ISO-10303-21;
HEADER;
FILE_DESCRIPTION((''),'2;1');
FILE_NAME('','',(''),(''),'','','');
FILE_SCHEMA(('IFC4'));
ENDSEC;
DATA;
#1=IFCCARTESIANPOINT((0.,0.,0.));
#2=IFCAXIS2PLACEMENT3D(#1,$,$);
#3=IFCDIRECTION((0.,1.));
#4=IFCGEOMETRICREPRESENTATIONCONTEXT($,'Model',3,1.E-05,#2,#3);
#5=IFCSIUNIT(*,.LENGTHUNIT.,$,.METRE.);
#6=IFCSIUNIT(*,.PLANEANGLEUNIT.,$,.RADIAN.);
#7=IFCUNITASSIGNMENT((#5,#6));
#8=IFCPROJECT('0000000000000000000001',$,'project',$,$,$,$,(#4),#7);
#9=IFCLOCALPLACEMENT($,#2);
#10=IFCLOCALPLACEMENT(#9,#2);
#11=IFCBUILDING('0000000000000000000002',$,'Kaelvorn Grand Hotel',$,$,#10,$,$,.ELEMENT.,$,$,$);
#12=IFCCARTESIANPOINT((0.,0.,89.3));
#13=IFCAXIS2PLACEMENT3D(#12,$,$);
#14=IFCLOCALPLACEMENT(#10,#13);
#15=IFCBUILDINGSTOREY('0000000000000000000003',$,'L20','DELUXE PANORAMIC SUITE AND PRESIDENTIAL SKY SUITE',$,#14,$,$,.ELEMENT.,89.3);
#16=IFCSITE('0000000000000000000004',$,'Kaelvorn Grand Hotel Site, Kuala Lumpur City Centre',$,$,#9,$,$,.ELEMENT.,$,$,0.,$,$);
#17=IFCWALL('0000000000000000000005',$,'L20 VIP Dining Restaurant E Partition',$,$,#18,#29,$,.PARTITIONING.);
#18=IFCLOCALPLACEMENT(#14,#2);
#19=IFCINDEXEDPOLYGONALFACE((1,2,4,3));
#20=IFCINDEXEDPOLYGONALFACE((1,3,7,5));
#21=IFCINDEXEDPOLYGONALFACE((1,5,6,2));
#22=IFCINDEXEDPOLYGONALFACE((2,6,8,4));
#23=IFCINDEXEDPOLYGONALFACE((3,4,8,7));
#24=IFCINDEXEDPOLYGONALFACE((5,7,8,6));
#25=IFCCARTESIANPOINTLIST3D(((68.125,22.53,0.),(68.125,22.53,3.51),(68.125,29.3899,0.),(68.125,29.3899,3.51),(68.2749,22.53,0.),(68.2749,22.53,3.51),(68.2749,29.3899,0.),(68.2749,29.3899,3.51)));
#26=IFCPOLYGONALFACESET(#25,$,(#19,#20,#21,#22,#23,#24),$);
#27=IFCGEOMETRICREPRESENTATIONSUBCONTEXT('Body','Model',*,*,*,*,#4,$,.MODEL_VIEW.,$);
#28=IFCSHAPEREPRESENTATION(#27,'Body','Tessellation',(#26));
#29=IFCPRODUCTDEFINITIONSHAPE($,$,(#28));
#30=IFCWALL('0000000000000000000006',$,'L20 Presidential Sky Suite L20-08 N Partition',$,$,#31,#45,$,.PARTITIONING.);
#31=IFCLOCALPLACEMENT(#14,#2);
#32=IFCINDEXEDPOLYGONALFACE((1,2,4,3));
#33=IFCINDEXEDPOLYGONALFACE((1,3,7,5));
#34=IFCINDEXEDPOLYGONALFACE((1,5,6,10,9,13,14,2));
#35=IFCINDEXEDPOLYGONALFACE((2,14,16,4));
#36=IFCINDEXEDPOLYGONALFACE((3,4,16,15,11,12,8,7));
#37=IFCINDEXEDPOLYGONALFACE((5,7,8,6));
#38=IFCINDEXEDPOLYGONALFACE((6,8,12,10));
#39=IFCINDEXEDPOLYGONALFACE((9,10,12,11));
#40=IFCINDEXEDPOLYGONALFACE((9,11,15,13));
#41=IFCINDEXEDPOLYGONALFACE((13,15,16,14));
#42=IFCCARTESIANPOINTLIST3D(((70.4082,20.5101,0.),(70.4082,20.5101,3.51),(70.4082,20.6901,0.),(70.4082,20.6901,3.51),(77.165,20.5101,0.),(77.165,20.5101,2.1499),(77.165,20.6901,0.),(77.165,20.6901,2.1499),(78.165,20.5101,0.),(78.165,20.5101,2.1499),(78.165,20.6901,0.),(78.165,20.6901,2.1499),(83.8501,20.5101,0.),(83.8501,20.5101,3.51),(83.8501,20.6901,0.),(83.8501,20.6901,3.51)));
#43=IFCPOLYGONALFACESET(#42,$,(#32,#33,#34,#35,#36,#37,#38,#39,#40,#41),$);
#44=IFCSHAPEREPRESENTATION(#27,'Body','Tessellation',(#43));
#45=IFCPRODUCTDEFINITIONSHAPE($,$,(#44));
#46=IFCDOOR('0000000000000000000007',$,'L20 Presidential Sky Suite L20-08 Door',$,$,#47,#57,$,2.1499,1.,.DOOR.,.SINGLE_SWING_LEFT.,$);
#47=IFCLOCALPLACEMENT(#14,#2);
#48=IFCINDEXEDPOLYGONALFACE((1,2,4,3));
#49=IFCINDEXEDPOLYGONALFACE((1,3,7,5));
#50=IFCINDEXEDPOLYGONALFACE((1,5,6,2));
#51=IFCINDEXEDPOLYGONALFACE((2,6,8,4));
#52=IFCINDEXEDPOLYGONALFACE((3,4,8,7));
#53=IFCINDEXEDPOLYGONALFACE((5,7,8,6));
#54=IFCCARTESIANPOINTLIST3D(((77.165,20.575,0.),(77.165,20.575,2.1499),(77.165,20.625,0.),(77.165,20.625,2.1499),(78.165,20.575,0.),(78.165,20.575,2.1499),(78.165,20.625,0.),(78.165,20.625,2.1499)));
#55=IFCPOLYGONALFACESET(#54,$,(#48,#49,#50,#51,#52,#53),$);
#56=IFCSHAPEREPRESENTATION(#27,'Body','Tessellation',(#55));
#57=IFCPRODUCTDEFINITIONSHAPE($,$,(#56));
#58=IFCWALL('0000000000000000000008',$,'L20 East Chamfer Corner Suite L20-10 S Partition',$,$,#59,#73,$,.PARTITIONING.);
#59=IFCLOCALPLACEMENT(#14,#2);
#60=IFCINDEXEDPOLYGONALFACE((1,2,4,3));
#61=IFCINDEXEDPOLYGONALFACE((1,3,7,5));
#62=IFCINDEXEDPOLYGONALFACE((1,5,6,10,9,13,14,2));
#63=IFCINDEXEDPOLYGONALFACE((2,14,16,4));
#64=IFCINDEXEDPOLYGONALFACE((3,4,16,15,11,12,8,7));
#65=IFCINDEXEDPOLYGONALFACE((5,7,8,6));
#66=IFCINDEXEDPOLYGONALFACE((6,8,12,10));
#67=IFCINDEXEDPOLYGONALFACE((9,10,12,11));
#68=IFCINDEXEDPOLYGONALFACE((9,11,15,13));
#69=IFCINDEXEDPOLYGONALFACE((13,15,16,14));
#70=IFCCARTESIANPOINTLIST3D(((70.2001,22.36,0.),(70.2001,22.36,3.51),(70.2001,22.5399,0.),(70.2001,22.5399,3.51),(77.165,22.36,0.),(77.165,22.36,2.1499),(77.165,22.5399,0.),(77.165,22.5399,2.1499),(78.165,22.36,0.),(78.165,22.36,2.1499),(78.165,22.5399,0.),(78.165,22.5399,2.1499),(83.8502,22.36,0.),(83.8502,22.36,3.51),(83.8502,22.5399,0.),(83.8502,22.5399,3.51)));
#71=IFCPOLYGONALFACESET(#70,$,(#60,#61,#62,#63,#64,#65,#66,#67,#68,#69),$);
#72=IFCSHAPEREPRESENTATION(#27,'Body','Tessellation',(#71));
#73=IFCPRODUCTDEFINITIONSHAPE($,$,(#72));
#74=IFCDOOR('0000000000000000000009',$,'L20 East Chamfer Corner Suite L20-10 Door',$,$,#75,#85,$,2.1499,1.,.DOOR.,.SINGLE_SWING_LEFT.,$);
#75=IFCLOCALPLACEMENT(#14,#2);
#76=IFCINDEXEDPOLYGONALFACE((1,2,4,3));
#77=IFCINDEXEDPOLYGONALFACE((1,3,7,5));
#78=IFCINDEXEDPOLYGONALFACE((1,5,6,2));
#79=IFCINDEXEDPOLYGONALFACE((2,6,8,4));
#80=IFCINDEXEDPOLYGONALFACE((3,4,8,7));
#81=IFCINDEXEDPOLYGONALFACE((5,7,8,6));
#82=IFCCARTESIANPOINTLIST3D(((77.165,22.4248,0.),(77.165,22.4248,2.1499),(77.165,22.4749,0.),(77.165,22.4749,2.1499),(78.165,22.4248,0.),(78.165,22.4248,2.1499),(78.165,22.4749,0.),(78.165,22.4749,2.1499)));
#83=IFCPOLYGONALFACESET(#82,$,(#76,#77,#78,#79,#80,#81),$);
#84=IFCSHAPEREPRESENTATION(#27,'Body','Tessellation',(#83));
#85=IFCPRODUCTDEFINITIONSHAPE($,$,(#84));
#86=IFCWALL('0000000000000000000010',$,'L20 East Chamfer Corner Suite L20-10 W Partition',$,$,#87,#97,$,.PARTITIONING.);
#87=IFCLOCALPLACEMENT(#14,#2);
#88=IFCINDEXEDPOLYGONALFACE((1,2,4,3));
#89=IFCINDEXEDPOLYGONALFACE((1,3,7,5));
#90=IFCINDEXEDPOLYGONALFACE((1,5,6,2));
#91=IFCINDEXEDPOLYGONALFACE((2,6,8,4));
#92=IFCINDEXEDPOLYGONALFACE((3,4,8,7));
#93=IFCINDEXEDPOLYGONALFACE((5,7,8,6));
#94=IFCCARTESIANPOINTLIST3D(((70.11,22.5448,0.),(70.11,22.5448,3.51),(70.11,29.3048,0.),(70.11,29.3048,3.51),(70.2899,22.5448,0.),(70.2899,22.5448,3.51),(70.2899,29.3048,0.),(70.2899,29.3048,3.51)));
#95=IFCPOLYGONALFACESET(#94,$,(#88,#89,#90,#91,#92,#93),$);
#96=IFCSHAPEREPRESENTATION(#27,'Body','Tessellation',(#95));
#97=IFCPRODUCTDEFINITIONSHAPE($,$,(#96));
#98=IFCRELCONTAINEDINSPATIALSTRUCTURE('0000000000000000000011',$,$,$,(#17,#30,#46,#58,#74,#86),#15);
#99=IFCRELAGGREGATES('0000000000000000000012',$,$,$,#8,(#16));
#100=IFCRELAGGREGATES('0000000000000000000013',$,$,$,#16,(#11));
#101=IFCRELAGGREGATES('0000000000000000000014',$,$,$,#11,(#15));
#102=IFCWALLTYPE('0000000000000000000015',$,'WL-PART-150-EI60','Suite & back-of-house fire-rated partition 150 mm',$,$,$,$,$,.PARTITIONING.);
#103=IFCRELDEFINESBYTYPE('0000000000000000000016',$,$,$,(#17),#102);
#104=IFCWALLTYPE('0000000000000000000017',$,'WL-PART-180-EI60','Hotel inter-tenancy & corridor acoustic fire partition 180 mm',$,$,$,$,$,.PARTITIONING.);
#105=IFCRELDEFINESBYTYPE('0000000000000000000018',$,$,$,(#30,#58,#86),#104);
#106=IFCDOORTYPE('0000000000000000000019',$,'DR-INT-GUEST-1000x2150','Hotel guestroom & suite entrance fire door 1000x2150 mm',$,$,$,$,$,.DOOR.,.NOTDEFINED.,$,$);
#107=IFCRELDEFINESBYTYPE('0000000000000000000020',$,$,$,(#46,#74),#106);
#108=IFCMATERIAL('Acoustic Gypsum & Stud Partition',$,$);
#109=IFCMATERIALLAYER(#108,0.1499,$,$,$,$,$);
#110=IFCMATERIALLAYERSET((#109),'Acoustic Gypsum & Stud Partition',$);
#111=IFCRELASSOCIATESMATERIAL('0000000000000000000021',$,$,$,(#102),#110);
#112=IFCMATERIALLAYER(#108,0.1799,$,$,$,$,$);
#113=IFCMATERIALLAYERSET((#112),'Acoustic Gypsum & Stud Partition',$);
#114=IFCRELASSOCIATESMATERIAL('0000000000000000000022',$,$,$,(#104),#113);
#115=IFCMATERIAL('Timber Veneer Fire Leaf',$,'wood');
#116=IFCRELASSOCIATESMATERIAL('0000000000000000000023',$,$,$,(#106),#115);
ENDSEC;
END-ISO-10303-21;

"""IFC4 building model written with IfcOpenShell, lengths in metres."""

from ifc_helpers import new_model, si_unit, direction, frame, frame_2d, origin, place, context, subcontext, project, spatial, rectangle, extrude, material, layer, layer_set, type_object, element, fill, save


model = new_model("IFC4")

# Units and contexts
model_context = context("Model", 3, precision=1e-05, world=origin(), true_north=direction((0.0, 1.0)))
body_context = subcontext(model_context, "Body", "Model", "MODEL_VIEW")
ifc_project = project(units=[si_unit("LENGTHUNIT", "METRE"), si_unit("PLANEANGLEUNIT", "RADIAN")], contexts=[model_context])

# Site, building, storey
site_placement = place(None, origin())
site = spatial("IfcSite", under=ifc_project, at=site_placement, Name="Kaelvorn Grand Hotel Site, Kuala Lumpur City Centre", CompositionType="ELEMENT", RefElevation=0.0)
building_placement = place(site_placement, origin())
building = spatial("IfcBuilding", under=site, at=building_placement, Name="Kaelvorn Grand Hotel", CompositionType="ELEMENT")
storey_placement = place(building_placement, frame((0.0, 0.0, 89.3)))
storey = spatial("IfcBuildingStorey", under=building, at=storey_placement, Name="L20", Description="DELUXE PANORAMIC SUITE AND PRESIDENTIAL SKY SUITE", CompositionType="ELEMENT", Elevation=89.3)

# Wall
ifc_material_1 = material(Name="Acoustic Gypsum & Stud Partition")
ifc_layer_1 = layer(ifc_material_1, 0.1499)
ifc_layer_set_1 = layer_set([ifc_layer_1], Name="Acoustic Gypsum & Stud Partition")
wall_type_1 = type_object("IfcWallType", Name="WL-PART-150-EI60", Description="Suite & back-of-house fire-rated partition 150 mm", PredefinedType="PARTITIONING", material=ifc_layer_set_1)
wall_1_placement = place(storey_placement, frame((68.2, 22.53, 0.0), z_axis=(0.0, 0.0, 1.0), x_axis=(0.0, 1.0, 0.0)))
element("IfcWall", 1, at=wall_1_placement, inside=storey, type_object=wall_type_1, Name="L20 VIP Dining Restaurant E Partition", PredefinedType="PARTITIONING", context=body_context, shape_type="SweptSolid", body=[
    extrude(rectangle(XDim=6.8599, YDim=0.1499, at=frame_2d((3.4299, 0.0))), origin(), (0.0, 0.0, 1.0), 3.51),
])

# Walls, openings, doors
ifc_layer_2 = layer(ifc_material_1, 0.1799)
ifc_layer_set_2 = layer_set([ifc_layer_2], Name="Acoustic Gypsum & Stud Partition")
wall_type_2 = type_object("IfcWallType", Name="WL-PART-180-EI60", Description="Hotel inter-tenancy & corridor acoustic fire partition 180 mm", PredefinedType="PARTITIONING", material=ifc_layer_set_2)
wall_2_placement = place(storey_placement, frame((70.4082, 20.6001, 0.0), z_axis=(0.0, 0.0, 1.0), x_axis=(1.0, 0.0, 0.0)))
wall_2 = element("IfcWall", 2, at=wall_2_placement, inside=storey, type_object=wall_type_2, Name="L20 Presidential Sky Suite L20-08 N Partition", PredefinedType="PARTITIONING", context=body_context, shape_type="SweptSolid", body=[
    extrude(rectangle(XDim=13.4419, YDim=0.1799, at=frame_2d((6.7209, 0.0))), origin(), (0.0, 0.0, 1.0), 3.51),
])
opening_1_placement = place(wall_2_placement, frame((6.7568, 0.0, 0.0)))
opening_1 = element("IfcOpeningElement", 3, at=opening_1_placement, cuts=wall_2, PredefinedType="OPENING", context=body_context, shape_type="SweptSolid", body=[
    extrude(rectangle(XDim=1.0, YDim=2.1499, at=frame_2d((0.5, 1.075))), frame((0.0, 0.1001, 0.0), z_axis=(0.0, -1.0, 0.0), x_axis=(1.0, 0.0, 0.0)), (0.0, 0.0, 1.0), 0.2),
])
ifc_material_2 = material(Name="Timber Veneer Fire Leaf", Category="wood")
door_type_1 = type_object("IfcDoorType", Name="DR-INT-GUEST-1000x2150", Description="Hotel guestroom & suite entrance fire door 1000x2150 mm", OperationType="NOTDEFINED", PredefinedType="DOOR", material=ifc_material_2)
door_1_placement = place(opening_1_placement, origin())
door_1 = element("IfcDoor", 4, at=door_1_placement, inside=storey, type_object=door_type_1, Name="L20 Presidential Sky Suite L20-08 Door", OperationType="SINGLE_SWING_LEFT", OverallHeight=2.1499, OverallWidth=1.0, PredefinedType="DOOR", context=body_context, shape_type="SweptSolid", body=[
    extrude(rectangle(XDim=1.0, YDim=2.1499, at=frame_2d((0.5, 1.075))), frame((0.0, 0.0249, 0.0), z_axis=(0.0, -1.0, 0.0), x_axis=(1.0, 0.0, 0.0)), (0.0, 0.0, 1.0), 0.05),
])
fill(opening_1, door_1)
wall_3_placement = place(storey_placement, frame((70.2, 22.45, 0.0), z_axis=(0.0, 0.0, 1.0), x_axis=(1.0, 0.0, 0.0)))
wall_3 = element("IfcWall", 5, at=wall_3_placement, inside=storey, type_object=wall_type_2, Name="L20 East Chamfer Corner Suite L20-10 S Partition", PredefinedType="PARTITIONING", context=body_context, shape_type="SweptSolid", body=[
    extrude(rectangle(XDim=13.6501, YDim=0.1799, at=frame_2d((6.8252, 0.0))), origin(), (0.0, 0.0, 1.0), 3.51),
])
opening_2_placement = place(wall_3_placement, frame((6.9651, 0.0, 0.0)))
opening_2 = element("IfcOpeningElement", 6, at=opening_2_placement, cuts=wall_3, PredefinedType="OPENING", context=body_context, shape_type="SweptSolid", body=[
    extrude(rectangle(XDim=1.0, YDim=2.1499, at=frame_2d((0.5, 1.075))), frame((0.0, 0.1001, 0.0), z_axis=(0.0, -1.0, 0.0), x_axis=(1.0, 0.0, 0.0)), (0.0, 0.0, 1.0), 0.2),
])
door_2_placement = place(opening_2_placement, origin())
door_2 = element("IfcDoor", 7, at=door_2_placement, inside=storey, type_object=door_type_1, Name="L20 East Chamfer Corner Suite L20-10 Door", OperationType="SINGLE_SWING_LEFT", OverallHeight=2.1499, OverallWidth=1.0, PredefinedType="DOOR", context=body_context, shape_type="SweptSolid", body=[
    extrude(rectangle(XDim=1.0, YDim=2.1499, at=frame_2d((0.5, 1.075))), frame((0.0, 0.0249, 0.0), z_axis=(0.0, -1.0, 0.0), x_axis=(1.0, 0.0, 0.0)), (0.0, 0.0, 1.0), 0.05),
])
fill(opening_2, door_2)

# Wall
wall_4_placement = place(storey_placement, frame((70.2, 22.5449, 0.0), z_axis=(0.0, 0.0, 1.0), x_axis=(0.0, 1.0, 0.0)))
element("IfcWall", 8, at=wall_4_placement, inside=storey, type_object=wall_type_2, Name="L20 East Chamfer Corner Suite L20-10 W Partition", PredefinedType="PARTITIONING", context=body_context, shape_type="SweptSolid", body=[
    extrude(rectangle(XDim=6.76, YDim=0.1799, at=frame_2d((3.3799, 0.0))), origin(), (0.0, 0.0, 1.0), 3.51),
])

save(model, "model.ifc")
